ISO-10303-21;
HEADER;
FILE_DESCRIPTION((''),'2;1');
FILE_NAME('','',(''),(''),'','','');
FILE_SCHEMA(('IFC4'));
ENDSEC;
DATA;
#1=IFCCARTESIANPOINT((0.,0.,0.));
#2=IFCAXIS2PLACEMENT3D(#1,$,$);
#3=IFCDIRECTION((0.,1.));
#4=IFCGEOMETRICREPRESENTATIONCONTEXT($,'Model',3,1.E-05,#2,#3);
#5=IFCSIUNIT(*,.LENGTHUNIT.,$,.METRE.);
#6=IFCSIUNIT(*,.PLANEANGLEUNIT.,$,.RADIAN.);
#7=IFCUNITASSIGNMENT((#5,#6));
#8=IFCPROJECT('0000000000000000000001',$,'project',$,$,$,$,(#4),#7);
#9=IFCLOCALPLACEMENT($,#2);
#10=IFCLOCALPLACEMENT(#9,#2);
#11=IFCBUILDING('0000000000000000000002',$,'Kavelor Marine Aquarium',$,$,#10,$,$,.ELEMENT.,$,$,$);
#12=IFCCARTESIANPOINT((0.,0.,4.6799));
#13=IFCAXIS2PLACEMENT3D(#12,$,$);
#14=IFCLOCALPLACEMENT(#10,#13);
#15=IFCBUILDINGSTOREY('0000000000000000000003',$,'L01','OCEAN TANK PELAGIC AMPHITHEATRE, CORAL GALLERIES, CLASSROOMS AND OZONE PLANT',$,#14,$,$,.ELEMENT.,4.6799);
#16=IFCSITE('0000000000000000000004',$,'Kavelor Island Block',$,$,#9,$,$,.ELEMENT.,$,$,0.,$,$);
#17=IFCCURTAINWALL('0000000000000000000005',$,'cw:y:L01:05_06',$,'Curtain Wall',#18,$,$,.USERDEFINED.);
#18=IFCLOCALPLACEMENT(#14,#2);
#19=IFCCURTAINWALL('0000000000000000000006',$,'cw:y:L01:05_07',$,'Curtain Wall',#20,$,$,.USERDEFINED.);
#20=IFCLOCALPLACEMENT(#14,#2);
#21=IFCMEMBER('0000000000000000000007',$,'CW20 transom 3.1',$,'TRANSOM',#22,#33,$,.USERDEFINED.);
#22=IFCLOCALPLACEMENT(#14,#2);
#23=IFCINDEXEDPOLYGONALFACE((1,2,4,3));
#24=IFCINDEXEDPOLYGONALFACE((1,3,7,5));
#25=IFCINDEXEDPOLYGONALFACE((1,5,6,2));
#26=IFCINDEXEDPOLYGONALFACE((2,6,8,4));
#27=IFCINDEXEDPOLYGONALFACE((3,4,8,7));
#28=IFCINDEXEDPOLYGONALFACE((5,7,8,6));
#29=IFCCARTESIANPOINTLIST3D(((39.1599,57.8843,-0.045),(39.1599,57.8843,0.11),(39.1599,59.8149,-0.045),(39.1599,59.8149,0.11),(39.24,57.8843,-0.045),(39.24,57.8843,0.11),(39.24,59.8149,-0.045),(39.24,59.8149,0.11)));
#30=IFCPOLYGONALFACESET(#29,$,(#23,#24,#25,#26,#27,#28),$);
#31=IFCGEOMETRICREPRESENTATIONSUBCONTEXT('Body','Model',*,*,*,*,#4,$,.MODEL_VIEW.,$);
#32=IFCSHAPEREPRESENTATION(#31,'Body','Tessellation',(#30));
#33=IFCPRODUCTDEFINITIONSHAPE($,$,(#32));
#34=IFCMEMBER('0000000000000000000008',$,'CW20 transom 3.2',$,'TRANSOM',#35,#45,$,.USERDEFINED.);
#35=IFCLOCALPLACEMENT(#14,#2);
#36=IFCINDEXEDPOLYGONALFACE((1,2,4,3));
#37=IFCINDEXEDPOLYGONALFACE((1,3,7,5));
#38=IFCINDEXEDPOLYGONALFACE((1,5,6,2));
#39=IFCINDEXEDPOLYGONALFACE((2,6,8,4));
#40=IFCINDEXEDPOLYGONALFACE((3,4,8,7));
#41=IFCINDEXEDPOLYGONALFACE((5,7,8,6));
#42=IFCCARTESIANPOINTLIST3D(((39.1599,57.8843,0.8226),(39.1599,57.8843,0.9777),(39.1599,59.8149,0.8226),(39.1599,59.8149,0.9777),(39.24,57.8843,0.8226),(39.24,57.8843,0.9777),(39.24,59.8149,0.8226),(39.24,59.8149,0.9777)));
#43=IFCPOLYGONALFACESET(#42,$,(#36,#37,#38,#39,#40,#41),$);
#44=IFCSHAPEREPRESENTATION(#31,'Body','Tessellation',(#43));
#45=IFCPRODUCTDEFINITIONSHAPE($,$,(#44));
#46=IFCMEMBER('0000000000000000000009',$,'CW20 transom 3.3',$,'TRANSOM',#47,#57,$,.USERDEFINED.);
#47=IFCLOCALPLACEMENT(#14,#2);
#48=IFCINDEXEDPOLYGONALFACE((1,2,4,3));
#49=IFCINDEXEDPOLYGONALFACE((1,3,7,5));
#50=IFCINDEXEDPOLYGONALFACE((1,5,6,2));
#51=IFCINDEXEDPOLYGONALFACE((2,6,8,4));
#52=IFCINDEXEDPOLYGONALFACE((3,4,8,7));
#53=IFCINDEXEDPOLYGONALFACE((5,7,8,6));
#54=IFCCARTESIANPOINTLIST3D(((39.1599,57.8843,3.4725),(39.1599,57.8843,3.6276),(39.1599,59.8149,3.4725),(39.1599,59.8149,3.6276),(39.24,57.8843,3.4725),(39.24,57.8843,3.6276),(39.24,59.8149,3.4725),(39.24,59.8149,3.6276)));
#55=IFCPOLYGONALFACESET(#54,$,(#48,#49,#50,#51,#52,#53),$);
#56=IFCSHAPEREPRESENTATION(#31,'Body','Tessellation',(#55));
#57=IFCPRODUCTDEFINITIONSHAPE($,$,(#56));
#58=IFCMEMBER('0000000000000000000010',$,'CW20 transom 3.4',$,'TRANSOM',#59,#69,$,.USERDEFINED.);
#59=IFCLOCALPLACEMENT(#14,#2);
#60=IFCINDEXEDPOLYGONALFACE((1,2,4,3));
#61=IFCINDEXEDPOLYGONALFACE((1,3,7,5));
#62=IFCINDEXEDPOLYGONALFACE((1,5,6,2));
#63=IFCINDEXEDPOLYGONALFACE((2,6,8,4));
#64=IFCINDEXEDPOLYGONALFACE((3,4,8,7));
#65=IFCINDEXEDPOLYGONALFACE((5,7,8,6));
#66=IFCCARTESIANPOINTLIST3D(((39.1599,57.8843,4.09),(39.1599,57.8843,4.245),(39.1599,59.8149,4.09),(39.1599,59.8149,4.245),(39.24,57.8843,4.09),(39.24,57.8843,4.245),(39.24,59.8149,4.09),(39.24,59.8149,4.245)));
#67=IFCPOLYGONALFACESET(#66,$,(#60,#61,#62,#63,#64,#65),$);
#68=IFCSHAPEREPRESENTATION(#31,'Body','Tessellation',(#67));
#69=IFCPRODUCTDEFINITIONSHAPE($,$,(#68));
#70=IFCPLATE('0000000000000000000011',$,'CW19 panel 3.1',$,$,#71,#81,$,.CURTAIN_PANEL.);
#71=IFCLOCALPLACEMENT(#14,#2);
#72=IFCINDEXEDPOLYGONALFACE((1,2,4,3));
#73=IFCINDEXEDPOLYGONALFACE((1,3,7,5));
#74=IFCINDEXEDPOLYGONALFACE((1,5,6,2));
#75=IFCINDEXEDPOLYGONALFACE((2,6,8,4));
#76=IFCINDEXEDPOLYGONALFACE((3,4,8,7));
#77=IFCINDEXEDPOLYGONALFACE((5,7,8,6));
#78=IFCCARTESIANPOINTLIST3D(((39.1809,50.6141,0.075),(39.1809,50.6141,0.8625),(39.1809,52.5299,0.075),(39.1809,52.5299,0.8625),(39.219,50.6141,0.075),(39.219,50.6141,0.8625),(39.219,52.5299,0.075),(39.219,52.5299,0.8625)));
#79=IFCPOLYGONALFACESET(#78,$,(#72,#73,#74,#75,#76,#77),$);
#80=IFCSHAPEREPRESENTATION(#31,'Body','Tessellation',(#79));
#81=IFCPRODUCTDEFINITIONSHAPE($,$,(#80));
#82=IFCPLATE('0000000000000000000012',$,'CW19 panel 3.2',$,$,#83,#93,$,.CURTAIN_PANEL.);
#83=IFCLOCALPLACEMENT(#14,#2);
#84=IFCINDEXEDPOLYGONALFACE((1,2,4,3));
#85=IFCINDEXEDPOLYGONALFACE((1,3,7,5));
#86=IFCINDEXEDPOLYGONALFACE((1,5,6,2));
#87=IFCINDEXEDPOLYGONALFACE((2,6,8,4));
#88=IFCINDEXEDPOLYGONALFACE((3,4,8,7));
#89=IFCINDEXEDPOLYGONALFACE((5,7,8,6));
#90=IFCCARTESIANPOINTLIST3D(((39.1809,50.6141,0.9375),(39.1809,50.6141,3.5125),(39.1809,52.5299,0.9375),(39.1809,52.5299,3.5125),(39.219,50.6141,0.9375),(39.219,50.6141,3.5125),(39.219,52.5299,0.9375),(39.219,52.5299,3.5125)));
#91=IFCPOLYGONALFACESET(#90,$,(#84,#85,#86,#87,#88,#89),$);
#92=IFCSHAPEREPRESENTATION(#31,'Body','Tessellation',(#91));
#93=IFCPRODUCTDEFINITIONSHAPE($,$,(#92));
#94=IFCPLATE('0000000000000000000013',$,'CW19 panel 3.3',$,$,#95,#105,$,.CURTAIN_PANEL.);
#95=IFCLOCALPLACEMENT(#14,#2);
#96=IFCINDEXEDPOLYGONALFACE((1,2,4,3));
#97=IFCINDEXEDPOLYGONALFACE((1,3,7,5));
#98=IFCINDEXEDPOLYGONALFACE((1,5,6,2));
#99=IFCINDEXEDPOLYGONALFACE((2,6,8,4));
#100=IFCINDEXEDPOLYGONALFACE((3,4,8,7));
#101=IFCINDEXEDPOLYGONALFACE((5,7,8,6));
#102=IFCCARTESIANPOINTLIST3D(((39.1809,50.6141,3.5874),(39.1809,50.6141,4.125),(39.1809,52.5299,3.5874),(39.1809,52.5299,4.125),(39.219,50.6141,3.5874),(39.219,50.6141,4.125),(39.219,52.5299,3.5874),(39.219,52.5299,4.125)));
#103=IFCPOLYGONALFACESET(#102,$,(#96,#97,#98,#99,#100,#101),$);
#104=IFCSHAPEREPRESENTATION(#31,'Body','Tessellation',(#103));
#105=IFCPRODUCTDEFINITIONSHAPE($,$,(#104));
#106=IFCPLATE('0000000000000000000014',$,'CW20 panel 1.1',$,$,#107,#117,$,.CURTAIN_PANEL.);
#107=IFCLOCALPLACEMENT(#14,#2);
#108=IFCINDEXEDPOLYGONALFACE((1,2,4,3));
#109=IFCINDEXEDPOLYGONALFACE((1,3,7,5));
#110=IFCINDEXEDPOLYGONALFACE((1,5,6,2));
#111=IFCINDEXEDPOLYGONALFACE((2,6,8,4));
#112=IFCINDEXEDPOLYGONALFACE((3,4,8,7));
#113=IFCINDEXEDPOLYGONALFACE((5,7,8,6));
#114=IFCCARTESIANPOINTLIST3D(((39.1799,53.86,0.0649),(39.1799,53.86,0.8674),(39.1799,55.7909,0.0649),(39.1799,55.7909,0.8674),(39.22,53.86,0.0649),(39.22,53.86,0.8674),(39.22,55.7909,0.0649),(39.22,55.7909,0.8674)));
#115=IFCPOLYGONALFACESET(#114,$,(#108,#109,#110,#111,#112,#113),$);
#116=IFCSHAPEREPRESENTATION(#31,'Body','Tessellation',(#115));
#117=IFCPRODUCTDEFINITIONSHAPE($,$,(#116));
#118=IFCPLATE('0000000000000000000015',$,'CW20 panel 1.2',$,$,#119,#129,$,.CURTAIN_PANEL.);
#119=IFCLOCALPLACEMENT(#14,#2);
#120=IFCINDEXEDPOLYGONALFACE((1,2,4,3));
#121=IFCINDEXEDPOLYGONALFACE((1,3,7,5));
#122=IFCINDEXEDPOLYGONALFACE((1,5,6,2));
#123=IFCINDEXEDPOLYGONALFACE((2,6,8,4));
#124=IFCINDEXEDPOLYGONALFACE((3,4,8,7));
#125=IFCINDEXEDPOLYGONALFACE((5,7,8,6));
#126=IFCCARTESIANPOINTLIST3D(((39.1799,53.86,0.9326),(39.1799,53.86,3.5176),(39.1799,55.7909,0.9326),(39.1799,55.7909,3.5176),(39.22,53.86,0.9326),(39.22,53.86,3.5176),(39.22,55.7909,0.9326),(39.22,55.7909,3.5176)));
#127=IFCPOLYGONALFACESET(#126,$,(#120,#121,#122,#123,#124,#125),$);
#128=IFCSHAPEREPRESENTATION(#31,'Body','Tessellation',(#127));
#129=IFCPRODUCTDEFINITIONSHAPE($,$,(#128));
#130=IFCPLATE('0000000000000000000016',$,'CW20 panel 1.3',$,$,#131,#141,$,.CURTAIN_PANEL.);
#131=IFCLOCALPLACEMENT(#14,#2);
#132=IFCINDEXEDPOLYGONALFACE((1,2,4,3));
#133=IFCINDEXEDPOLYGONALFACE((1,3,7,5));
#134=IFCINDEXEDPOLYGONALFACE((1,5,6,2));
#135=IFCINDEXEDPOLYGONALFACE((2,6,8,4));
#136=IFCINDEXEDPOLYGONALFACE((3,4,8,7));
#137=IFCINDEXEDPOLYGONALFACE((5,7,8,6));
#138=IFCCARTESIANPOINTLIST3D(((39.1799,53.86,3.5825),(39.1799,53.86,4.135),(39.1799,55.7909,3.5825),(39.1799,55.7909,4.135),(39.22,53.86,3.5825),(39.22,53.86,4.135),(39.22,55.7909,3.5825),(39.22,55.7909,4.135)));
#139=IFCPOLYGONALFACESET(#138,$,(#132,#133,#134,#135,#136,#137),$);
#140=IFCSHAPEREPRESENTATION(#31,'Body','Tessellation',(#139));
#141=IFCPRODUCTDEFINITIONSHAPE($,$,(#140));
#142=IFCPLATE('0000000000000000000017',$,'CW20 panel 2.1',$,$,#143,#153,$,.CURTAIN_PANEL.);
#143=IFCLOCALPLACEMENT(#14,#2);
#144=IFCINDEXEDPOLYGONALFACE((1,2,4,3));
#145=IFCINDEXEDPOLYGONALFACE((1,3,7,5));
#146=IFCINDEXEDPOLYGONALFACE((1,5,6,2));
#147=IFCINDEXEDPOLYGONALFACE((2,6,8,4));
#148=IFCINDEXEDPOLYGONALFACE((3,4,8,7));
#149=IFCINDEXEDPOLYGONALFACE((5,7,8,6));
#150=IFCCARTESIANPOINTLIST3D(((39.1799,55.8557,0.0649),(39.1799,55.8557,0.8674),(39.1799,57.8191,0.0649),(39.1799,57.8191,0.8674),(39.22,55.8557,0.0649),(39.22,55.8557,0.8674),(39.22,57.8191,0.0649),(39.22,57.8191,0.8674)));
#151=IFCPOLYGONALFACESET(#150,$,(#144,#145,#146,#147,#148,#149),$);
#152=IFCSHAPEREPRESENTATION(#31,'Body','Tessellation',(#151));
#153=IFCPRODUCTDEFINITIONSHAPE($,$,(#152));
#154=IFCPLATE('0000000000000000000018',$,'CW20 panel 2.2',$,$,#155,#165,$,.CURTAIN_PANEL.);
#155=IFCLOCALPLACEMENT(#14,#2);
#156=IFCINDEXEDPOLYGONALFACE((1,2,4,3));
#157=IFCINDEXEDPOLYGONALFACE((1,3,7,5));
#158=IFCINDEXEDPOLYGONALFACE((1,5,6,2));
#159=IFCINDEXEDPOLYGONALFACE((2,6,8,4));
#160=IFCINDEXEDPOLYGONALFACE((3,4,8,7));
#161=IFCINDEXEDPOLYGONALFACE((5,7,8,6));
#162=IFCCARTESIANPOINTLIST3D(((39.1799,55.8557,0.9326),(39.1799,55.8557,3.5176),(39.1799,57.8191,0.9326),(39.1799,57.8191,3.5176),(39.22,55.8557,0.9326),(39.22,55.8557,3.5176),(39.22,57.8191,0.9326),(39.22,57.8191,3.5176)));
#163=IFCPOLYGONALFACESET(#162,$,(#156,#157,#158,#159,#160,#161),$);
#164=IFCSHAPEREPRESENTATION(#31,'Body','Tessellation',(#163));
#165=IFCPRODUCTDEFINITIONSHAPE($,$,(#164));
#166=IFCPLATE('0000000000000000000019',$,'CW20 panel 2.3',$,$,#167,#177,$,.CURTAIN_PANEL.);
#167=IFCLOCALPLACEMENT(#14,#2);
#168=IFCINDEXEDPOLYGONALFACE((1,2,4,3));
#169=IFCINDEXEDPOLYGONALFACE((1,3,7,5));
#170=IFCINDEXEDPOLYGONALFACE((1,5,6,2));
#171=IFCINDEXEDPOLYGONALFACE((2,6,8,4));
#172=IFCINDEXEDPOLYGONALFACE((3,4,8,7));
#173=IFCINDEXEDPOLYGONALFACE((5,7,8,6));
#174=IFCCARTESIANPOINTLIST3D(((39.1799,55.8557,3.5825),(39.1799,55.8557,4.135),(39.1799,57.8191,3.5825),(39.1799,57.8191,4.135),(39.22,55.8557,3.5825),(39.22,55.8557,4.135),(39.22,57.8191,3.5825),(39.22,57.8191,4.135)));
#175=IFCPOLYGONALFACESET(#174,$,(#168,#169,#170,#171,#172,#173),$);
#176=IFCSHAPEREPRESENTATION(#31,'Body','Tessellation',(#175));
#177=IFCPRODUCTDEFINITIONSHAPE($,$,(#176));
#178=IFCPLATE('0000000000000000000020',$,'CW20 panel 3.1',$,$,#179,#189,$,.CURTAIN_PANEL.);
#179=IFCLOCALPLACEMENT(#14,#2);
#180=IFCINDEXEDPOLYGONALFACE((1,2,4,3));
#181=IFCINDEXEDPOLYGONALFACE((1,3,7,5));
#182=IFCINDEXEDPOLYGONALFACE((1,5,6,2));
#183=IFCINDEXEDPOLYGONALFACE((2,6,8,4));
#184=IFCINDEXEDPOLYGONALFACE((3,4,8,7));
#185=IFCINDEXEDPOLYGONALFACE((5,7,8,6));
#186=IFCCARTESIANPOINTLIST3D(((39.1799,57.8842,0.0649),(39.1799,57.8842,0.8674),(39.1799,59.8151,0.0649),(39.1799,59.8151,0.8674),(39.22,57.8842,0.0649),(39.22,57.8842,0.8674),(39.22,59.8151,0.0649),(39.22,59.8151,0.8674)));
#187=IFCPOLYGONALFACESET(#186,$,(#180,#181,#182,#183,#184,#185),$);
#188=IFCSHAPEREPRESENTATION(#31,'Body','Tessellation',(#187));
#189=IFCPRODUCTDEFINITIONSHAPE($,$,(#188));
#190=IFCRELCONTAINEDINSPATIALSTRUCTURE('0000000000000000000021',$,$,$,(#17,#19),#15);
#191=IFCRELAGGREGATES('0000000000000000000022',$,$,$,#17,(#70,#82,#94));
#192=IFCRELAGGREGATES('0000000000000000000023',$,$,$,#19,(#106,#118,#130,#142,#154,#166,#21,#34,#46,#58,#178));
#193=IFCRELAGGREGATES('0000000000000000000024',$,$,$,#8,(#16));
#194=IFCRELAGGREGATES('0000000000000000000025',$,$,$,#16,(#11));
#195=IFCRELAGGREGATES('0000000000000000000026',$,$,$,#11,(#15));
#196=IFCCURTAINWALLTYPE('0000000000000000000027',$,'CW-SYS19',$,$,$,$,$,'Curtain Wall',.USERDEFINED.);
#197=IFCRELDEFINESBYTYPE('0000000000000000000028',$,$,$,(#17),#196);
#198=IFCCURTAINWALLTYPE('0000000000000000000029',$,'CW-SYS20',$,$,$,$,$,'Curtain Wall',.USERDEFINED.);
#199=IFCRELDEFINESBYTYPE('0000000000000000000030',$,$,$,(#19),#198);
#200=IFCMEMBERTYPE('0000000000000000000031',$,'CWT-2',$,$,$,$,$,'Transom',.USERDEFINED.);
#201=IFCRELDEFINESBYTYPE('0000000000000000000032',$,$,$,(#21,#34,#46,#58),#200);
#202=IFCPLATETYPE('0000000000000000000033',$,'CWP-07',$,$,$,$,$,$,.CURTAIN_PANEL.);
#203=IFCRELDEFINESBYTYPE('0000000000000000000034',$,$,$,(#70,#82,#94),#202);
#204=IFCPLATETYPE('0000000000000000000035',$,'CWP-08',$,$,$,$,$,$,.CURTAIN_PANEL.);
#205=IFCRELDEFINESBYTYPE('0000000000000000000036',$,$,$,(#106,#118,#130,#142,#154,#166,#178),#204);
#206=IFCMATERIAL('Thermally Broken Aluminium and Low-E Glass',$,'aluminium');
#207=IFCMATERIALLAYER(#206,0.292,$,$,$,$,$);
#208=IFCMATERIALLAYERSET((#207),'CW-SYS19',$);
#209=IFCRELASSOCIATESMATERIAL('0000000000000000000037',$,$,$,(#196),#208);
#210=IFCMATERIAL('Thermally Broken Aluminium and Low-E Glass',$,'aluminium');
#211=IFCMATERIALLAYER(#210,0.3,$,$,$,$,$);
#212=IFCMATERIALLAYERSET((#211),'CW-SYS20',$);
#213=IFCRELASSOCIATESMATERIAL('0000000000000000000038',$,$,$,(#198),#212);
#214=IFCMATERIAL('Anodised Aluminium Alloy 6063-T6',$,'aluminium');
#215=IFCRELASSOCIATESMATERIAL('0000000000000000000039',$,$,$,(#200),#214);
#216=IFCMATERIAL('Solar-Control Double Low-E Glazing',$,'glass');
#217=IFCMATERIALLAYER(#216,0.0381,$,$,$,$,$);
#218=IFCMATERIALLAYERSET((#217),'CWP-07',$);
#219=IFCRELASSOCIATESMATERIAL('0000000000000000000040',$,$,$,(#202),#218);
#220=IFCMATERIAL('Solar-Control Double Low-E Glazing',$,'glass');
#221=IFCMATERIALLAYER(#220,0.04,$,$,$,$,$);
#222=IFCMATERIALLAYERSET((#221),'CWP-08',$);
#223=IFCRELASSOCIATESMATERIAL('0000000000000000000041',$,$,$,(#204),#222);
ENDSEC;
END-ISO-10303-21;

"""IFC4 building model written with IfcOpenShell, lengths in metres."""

from ifc_helpers import new_model, si_unit, direction, frame, origin, origin_2d, place, context, subcontext, project, spatial, rectangle, extrude, material, layer, layer_set, material_profile, profile_set, type_object, element, aggregate, save


model = new_model("IFC4")

# Units and contexts
model_context = context("Model", 3, precision=1e-05, world=origin(), true_north=direction((0.0, 1.0)))
body_context = subcontext(model_context, "Body", "Model", "MODEL_VIEW")
ifc_project = project(units=[si_unit("LENGTHUNIT", "METRE"), si_unit("PLANEANGLEUNIT", "RADIAN")], contexts=[model_context])

# Site, building, storey
site_placement = place(None, origin())
site = spatial("IfcSite", under=ifc_project, at=site_placement, Name="Kavelor Island Block", CompositionType="ELEMENT", RefElevation=0.0)
building_placement = place(site_placement, origin())
building = spatial("IfcBuilding", under=site, at=building_placement, Name="Kavelor Marine Aquarium", CompositionType="ELEMENT")
storey_placement = place(building_placement, frame((0.0, 0.0, 4.6799)))
storey = spatial("IfcBuildingStorey", under=building, at=storey_placement, Name="L01", Description="OCEAN TANK PELAGIC AMPHITHEATRE, CORAL GALLERIES, CLASSROOMS AND OZONE PLANT", CompositionType="ELEMENT", Elevation=4.6799)

# Curtain wall
ifc_material_1 = material(Name="Thermally Broken Aluminium and Low-E Glass", Category="aluminium")
ifc_layer_1 = layer(ifc_material_1, 0.292)
ifc_layer_set_1 = layer_set([ifc_layer_1], Name="CW-SYS19")
curtain_wall_type_1 = type_object("IfcCurtainWallType", Name="CW-SYS19", ElementType="Curtain Wall", PredefinedType="USERDEFINED", material=ifc_layer_set_1)
curtain_wall_1_placement = place(storey_placement, origin())
curtain_wall_1 = element("IfcCurtainWall", 1, at=curtain_wall_1_placement, inside=storey, type_object=curtain_wall_type_1, Name="cw:y:L01:05_06", ObjectType="Curtain Wall", PredefinedType="USERDEFINED")

# Curtain wall
ifc_material_2 = material(Name="Thermally Broken Aluminium and Low-E Glass", Category="aluminium")
ifc_layer_2 = layer(ifc_material_2, 0.3)
ifc_layer_set_2 = layer_set([ifc_layer_2], Name="CW-SYS20")
curtain_wall_type_2 = type_object("IfcCurtainWallType", Name="CW-SYS20", ElementType="Curtain Wall", PredefinedType="USERDEFINED", material=ifc_layer_set_2)
curtain_wall_2_placement = place(storey_placement, origin())
curtain_wall_2 = element("IfcCurtainWall", 2, at=curtain_wall_2_placement, inside=storey, type_object=curtain_wall_type_2, Name="cw:y:L01:05_07", ObjectType="Curtain Wall", PredefinedType="USERDEFINED")

# Members
ifc_material_3 = material(Name="Anodised Aluminium Alloy 6063-T6", Category="aluminium")
ifc_material_profile_1 = material_profile(ifc_material_3, rectangle(XDim=0.0801, YDim=0.155, at=origin_2d()), Name="CW-TRN 80x155")
ifc_profile_set_1 = profile_set([ifc_material_profile_1], Name="Anodised Aluminium Alloy 6063-T6")
member_type_1 = type_object("IfcMemberType", Name="CWT-2", ElementType="Transom", PredefinedType="USERDEFINED", material=ifc_profile_set_1)
member_1_placement = place(storey_placement, frame((39.2, 57.8843, 0.0325), z_axis=(0.0, 1.0, 0.0), x_axis=(-1.0, 0.0, 0.0)))
member_1 = element("IfcMember", 3, at=member_1_placement, type_object=member_type_1, Name="CW20 transom 3.1", ObjectType="TRANSOM", PredefinedType="USERDEFINED", context=body_context, shape_type="SweptSolid", body=[
    extrude(rectangle(XDim=0.0801, YDim=0.155, at=origin_2d()), origin(), (0.0, 0.0, 1.0), 1.9307),
])
member_2_placement = place(storey_placement, frame((39.2, 57.8843, 0.9001), z_axis=(0.0, 1.0, 0.0), x_axis=(-1.0, 0.0, 0.0)))
member_2 = element("IfcMember", 4, at=member_2_placement, type_object=member_type_1, Name="CW20 transom 3.2", ObjectType="TRANSOM", PredefinedType="USERDEFINED", context=body_context, shape_type="SweptSolid", body=[
    extrude(rectangle(XDim=0.0801, YDim=0.155, at=origin_2d()), origin(), (0.0, 0.0, 1.0), 1.9307),
])
member_3_placement = place(storey_placement, frame((39.2, 57.8843, 3.55), z_axis=(0.0, 1.0, 0.0), x_axis=(-1.0, 0.0, 0.0)))
member_3 = element("IfcMember", 5, at=member_3_placement, type_object=member_type_1, Name="CW20 transom 3.3", ObjectType="TRANSOM", PredefinedType="USERDEFINED", context=body_context, shape_type="SweptSolid", body=[
    extrude(rectangle(XDim=0.0801, YDim=0.155, at=origin_2d()), origin(), (0.0, 0.0, 1.0), 1.9307),
])
member_4_placement = place(storey_placement, frame((39.2, 57.8843, 4.1675), z_axis=(0.0, 1.0, 0.0), x_axis=(-1.0, 0.0, 0.0)))
member_4 = element("IfcMember", 6, at=member_4_placement, type_object=member_type_1, Name="CW20 transom 3.4", ObjectType="TRANSOM", PredefinedType="USERDEFINED", context=body_context, shape_type="SweptSolid", body=[
    extrude(rectangle(XDim=0.0801, YDim=0.155, at=origin_2d()), origin(), (0.0, 0.0, 1.0), 1.9307),
])

# Plates
ifc_material_4 = material(Name="Solar-Control Double Low-E Glazing", Category="glass")
ifc_layer_3 = layer(ifc_material_4, 0.0381)
ifc_layer_set_3 = layer_set([ifc_layer_3], Name="CWP-07")
plate_type_1 = type_object("IfcPlateType", Name="CWP-07", PredefinedType="CURTAIN_PANEL", material=ifc_layer_set_3)
plate_1_placement = place(storey_placement, frame((39.2, 51.572, 0.075), z_axis=(0.0, 0.0, 1.0), x_axis=(0.0, 1.0, 0.0)))
plate_1 = element("IfcPlate", 7, at=plate_1_placement, type_object=plate_type_1, Name="CW19 panel 3.1", PredefinedType="CURTAIN_PANEL", context=body_context, shape_type="SweptSolid", body=[
    extrude(rectangle(XDim=1.9158, YDim=0.0381, at=origin_2d()), origin(), (0.0, 0.0, 1.0), 0.7876),
])
plate_2_placement = place(storey_placement, frame((39.2, 51.572, 0.9375), z_axis=(0.0, 0.0, 1.0), x_axis=(0.0, 1.0, 0.0)))
plate_2 = element("IfcPlate", 8, at=plate_2_placement, type_object=plate_type_1, Name="CW19 panel 3.2", PredefinedType="CURTAIN_PANEL", context=body_context, shape_type="SweptSolid", body=[
    extrude(rectangle(XDim=1.9158, YDim=0.0381, at=origin_2d()), origin(), (0.0, 0.0, 1.0), 2.575),
])
plate_3_placement = place(storey_placement, frame((39.2, 51.572, 3.5874), z_axis=(0.0, 0.0, 1.0), x_axis=(0.0, 1.0, 0.0)))
plate_3 = element("IfcPlate", 9, at=plate_3_placement, type_object=plate_type_1, Name="CW19 panel 3.3", PredefinedType="CURTAIN_PANEL", context=body_context, shape_type="SweptSolid", body=[
    extrude(rectangle(XDim=1.9158, YDim=0.0381, at=origin_2d()), origin(), (0.0, 0.0, 1.0), 0.5376),
])
aggregate(curtain_wall_1, [plate_1, plate_2, plate_3])
ifc_material_5 = material(Name="Solar-Control Double Low-E Glazing", Category="glass")
ifc_layer_4 = layer(ifc_material_5, 0.04)
ifc_layer_set_4 = layer_set([ifc_layer_4], Name="CWP-08")
plate_type_2 = type_object("IfcPlateType", Name="CWP-08", PredefinedType="CURTAIN_PANEL", material=ifc_layer_set_4)
plate_4_placement = place(storey_placement, frame((39.2, 54.8254, 0.0649), z_axis=(0.0, 0.0, 1.0), x_axis=(0.0, 1.0, 0.0)))
plate_4 = element("IfcPlate", 10, at=plate_4_placement, type_object=plate_type_2, Name="CW20 panel 1.1", PredefinedType="CURTAIN_PANEL", context=body_context, shape_type="SweptSolid", body=[
    extrude(rectangle(XDim=1.9309, YDim=0.04, at=origin_2d()), origin(), (0.0, 0.0, 1.0), 0.8025),
])
plate_5_placement = place(storey_placement, frame((39.2, 54.8254, 0.9326), z_axis=(0.0, 0.0, 1.0), x_axis=(0.0, 1.0, 0.0)))
plate_5 = element("IfcPlate", 11, at=plate_5_placement, type_object=plate_type_2, Name="CW20 panel 1.2", PredefinedType="CURTAIN_PANEL", context=body_context, shape_type="SweptSolid", body=[
    extrude(rectangle(XDim=1.9309, YDim=0.04, at=origin_2d()), origin(), (0.0, 0.0, 1.0), 2.585),
])
plate_6_placement = place(storey_placement, frame((39.2, 54.8254, 3.5825), z_axis=(0.0, 0.0, 1.0), x_axis=(0.0, 1.0, 0.0)))
plate_6 = element("IfcPlate", 12, at=plate_6_placement, type_object=plate_type_2, Name="CW20 panel 1.3", PredefinedType="CURTAIN_PANEL", context=body_context, shape_type="SweptSolid", body=[
    extrude(rectangle(XDim=1.9309, YDim=0.04, at=origin_2d()), origin(), (0.0, 0.0, 1.0), 0.5525),
])
plate_7_placement = place(storey_placement, frame((39.2, 56.8374, 0.0649), z_axis=(0.0, 0.0, 1.0), x_axis=(0.0, 1.0, 0.0)))
plate_7 = element("IfcPlate", 13, at=plate_7_placement, type_object=plate_type_2, Name="CW20 panel 2.1", PredefinedType="CURTAIN_PANEL", context=body_context, shape_type="SweptSolid", body=[
    extrude(rectangle(XDim=1.9634, YDim=0.04, at=origin_2d()), origin(), (0.0, 0.0, 1.0), 0.8025),
])
plate_8_placement = place(storey_placement, frame((39.2, 56.8374, 0.9326), z_axis=(0.0, 0.0, 1.0), x_axis=(0.0, 1.0, 0.0)))
plate_8 = element("IfcPlate", 14, at=plate_8_placement, type_object=plate_type_2, Name="CW20 panel 2.2", PredefinedType="CURTAIN_PANEL", context=body_context, shape_type="SweptSolid", body=[
    extrude(rectangle(XDim=1.9634, YDim=0.04, at=origin_2d()), origin(), (0.0, 0.0, 1.0), 2.585),
])
plate_9_placement = place(storey_placement, frame((39.2, 56.8374, 3.5825), z_axis=(0.0, 0.0, 1.0), x_axis=(0.0, 1.0, 0.0)))
plate_9 = element("IfcPlate", 15, at=plate_9_placement, type_object=plate_type_2, Name="CW20 panel 2.3", PredefinedType="CURTAIN_PANEL", context=body_context, shape_type="SweptSolid", body=[
    extrude(rectangle(XDim=1.9634, YDim=0.04, at=origin_2d()), origin(), (0.0, 0.0, 1.0), 0.5525),
])
plate_10_placement = place(storey_placement, frame((39.2, 58.8496, 0.0649), z_axis=(0.0, 0.0, 1.0), x_axis=(0.0, 1.0, 0.0)))
plate_10 = element("IfcPlate", 16, at=plate_10_placement, type_object=plate_type_2, Name="CW20 panel 3.1", PredefinedType="CURTAIN_PANEL", context=body_context, shape_type="SweptSolid", body=[
    extrude(rectangle(XDim=1.9309, YDim=0.04, at=origin_2d()), origin(), (0.0, 0.0, 1.0), 0.8025),
])
aggregate(curtain_wall_2, [plate_4, plate_5, plate_6, plate_7, plate_8, plate_9, member_1, member_2, member_3, member_4, plate_10])

save(model, "model.ifc")
